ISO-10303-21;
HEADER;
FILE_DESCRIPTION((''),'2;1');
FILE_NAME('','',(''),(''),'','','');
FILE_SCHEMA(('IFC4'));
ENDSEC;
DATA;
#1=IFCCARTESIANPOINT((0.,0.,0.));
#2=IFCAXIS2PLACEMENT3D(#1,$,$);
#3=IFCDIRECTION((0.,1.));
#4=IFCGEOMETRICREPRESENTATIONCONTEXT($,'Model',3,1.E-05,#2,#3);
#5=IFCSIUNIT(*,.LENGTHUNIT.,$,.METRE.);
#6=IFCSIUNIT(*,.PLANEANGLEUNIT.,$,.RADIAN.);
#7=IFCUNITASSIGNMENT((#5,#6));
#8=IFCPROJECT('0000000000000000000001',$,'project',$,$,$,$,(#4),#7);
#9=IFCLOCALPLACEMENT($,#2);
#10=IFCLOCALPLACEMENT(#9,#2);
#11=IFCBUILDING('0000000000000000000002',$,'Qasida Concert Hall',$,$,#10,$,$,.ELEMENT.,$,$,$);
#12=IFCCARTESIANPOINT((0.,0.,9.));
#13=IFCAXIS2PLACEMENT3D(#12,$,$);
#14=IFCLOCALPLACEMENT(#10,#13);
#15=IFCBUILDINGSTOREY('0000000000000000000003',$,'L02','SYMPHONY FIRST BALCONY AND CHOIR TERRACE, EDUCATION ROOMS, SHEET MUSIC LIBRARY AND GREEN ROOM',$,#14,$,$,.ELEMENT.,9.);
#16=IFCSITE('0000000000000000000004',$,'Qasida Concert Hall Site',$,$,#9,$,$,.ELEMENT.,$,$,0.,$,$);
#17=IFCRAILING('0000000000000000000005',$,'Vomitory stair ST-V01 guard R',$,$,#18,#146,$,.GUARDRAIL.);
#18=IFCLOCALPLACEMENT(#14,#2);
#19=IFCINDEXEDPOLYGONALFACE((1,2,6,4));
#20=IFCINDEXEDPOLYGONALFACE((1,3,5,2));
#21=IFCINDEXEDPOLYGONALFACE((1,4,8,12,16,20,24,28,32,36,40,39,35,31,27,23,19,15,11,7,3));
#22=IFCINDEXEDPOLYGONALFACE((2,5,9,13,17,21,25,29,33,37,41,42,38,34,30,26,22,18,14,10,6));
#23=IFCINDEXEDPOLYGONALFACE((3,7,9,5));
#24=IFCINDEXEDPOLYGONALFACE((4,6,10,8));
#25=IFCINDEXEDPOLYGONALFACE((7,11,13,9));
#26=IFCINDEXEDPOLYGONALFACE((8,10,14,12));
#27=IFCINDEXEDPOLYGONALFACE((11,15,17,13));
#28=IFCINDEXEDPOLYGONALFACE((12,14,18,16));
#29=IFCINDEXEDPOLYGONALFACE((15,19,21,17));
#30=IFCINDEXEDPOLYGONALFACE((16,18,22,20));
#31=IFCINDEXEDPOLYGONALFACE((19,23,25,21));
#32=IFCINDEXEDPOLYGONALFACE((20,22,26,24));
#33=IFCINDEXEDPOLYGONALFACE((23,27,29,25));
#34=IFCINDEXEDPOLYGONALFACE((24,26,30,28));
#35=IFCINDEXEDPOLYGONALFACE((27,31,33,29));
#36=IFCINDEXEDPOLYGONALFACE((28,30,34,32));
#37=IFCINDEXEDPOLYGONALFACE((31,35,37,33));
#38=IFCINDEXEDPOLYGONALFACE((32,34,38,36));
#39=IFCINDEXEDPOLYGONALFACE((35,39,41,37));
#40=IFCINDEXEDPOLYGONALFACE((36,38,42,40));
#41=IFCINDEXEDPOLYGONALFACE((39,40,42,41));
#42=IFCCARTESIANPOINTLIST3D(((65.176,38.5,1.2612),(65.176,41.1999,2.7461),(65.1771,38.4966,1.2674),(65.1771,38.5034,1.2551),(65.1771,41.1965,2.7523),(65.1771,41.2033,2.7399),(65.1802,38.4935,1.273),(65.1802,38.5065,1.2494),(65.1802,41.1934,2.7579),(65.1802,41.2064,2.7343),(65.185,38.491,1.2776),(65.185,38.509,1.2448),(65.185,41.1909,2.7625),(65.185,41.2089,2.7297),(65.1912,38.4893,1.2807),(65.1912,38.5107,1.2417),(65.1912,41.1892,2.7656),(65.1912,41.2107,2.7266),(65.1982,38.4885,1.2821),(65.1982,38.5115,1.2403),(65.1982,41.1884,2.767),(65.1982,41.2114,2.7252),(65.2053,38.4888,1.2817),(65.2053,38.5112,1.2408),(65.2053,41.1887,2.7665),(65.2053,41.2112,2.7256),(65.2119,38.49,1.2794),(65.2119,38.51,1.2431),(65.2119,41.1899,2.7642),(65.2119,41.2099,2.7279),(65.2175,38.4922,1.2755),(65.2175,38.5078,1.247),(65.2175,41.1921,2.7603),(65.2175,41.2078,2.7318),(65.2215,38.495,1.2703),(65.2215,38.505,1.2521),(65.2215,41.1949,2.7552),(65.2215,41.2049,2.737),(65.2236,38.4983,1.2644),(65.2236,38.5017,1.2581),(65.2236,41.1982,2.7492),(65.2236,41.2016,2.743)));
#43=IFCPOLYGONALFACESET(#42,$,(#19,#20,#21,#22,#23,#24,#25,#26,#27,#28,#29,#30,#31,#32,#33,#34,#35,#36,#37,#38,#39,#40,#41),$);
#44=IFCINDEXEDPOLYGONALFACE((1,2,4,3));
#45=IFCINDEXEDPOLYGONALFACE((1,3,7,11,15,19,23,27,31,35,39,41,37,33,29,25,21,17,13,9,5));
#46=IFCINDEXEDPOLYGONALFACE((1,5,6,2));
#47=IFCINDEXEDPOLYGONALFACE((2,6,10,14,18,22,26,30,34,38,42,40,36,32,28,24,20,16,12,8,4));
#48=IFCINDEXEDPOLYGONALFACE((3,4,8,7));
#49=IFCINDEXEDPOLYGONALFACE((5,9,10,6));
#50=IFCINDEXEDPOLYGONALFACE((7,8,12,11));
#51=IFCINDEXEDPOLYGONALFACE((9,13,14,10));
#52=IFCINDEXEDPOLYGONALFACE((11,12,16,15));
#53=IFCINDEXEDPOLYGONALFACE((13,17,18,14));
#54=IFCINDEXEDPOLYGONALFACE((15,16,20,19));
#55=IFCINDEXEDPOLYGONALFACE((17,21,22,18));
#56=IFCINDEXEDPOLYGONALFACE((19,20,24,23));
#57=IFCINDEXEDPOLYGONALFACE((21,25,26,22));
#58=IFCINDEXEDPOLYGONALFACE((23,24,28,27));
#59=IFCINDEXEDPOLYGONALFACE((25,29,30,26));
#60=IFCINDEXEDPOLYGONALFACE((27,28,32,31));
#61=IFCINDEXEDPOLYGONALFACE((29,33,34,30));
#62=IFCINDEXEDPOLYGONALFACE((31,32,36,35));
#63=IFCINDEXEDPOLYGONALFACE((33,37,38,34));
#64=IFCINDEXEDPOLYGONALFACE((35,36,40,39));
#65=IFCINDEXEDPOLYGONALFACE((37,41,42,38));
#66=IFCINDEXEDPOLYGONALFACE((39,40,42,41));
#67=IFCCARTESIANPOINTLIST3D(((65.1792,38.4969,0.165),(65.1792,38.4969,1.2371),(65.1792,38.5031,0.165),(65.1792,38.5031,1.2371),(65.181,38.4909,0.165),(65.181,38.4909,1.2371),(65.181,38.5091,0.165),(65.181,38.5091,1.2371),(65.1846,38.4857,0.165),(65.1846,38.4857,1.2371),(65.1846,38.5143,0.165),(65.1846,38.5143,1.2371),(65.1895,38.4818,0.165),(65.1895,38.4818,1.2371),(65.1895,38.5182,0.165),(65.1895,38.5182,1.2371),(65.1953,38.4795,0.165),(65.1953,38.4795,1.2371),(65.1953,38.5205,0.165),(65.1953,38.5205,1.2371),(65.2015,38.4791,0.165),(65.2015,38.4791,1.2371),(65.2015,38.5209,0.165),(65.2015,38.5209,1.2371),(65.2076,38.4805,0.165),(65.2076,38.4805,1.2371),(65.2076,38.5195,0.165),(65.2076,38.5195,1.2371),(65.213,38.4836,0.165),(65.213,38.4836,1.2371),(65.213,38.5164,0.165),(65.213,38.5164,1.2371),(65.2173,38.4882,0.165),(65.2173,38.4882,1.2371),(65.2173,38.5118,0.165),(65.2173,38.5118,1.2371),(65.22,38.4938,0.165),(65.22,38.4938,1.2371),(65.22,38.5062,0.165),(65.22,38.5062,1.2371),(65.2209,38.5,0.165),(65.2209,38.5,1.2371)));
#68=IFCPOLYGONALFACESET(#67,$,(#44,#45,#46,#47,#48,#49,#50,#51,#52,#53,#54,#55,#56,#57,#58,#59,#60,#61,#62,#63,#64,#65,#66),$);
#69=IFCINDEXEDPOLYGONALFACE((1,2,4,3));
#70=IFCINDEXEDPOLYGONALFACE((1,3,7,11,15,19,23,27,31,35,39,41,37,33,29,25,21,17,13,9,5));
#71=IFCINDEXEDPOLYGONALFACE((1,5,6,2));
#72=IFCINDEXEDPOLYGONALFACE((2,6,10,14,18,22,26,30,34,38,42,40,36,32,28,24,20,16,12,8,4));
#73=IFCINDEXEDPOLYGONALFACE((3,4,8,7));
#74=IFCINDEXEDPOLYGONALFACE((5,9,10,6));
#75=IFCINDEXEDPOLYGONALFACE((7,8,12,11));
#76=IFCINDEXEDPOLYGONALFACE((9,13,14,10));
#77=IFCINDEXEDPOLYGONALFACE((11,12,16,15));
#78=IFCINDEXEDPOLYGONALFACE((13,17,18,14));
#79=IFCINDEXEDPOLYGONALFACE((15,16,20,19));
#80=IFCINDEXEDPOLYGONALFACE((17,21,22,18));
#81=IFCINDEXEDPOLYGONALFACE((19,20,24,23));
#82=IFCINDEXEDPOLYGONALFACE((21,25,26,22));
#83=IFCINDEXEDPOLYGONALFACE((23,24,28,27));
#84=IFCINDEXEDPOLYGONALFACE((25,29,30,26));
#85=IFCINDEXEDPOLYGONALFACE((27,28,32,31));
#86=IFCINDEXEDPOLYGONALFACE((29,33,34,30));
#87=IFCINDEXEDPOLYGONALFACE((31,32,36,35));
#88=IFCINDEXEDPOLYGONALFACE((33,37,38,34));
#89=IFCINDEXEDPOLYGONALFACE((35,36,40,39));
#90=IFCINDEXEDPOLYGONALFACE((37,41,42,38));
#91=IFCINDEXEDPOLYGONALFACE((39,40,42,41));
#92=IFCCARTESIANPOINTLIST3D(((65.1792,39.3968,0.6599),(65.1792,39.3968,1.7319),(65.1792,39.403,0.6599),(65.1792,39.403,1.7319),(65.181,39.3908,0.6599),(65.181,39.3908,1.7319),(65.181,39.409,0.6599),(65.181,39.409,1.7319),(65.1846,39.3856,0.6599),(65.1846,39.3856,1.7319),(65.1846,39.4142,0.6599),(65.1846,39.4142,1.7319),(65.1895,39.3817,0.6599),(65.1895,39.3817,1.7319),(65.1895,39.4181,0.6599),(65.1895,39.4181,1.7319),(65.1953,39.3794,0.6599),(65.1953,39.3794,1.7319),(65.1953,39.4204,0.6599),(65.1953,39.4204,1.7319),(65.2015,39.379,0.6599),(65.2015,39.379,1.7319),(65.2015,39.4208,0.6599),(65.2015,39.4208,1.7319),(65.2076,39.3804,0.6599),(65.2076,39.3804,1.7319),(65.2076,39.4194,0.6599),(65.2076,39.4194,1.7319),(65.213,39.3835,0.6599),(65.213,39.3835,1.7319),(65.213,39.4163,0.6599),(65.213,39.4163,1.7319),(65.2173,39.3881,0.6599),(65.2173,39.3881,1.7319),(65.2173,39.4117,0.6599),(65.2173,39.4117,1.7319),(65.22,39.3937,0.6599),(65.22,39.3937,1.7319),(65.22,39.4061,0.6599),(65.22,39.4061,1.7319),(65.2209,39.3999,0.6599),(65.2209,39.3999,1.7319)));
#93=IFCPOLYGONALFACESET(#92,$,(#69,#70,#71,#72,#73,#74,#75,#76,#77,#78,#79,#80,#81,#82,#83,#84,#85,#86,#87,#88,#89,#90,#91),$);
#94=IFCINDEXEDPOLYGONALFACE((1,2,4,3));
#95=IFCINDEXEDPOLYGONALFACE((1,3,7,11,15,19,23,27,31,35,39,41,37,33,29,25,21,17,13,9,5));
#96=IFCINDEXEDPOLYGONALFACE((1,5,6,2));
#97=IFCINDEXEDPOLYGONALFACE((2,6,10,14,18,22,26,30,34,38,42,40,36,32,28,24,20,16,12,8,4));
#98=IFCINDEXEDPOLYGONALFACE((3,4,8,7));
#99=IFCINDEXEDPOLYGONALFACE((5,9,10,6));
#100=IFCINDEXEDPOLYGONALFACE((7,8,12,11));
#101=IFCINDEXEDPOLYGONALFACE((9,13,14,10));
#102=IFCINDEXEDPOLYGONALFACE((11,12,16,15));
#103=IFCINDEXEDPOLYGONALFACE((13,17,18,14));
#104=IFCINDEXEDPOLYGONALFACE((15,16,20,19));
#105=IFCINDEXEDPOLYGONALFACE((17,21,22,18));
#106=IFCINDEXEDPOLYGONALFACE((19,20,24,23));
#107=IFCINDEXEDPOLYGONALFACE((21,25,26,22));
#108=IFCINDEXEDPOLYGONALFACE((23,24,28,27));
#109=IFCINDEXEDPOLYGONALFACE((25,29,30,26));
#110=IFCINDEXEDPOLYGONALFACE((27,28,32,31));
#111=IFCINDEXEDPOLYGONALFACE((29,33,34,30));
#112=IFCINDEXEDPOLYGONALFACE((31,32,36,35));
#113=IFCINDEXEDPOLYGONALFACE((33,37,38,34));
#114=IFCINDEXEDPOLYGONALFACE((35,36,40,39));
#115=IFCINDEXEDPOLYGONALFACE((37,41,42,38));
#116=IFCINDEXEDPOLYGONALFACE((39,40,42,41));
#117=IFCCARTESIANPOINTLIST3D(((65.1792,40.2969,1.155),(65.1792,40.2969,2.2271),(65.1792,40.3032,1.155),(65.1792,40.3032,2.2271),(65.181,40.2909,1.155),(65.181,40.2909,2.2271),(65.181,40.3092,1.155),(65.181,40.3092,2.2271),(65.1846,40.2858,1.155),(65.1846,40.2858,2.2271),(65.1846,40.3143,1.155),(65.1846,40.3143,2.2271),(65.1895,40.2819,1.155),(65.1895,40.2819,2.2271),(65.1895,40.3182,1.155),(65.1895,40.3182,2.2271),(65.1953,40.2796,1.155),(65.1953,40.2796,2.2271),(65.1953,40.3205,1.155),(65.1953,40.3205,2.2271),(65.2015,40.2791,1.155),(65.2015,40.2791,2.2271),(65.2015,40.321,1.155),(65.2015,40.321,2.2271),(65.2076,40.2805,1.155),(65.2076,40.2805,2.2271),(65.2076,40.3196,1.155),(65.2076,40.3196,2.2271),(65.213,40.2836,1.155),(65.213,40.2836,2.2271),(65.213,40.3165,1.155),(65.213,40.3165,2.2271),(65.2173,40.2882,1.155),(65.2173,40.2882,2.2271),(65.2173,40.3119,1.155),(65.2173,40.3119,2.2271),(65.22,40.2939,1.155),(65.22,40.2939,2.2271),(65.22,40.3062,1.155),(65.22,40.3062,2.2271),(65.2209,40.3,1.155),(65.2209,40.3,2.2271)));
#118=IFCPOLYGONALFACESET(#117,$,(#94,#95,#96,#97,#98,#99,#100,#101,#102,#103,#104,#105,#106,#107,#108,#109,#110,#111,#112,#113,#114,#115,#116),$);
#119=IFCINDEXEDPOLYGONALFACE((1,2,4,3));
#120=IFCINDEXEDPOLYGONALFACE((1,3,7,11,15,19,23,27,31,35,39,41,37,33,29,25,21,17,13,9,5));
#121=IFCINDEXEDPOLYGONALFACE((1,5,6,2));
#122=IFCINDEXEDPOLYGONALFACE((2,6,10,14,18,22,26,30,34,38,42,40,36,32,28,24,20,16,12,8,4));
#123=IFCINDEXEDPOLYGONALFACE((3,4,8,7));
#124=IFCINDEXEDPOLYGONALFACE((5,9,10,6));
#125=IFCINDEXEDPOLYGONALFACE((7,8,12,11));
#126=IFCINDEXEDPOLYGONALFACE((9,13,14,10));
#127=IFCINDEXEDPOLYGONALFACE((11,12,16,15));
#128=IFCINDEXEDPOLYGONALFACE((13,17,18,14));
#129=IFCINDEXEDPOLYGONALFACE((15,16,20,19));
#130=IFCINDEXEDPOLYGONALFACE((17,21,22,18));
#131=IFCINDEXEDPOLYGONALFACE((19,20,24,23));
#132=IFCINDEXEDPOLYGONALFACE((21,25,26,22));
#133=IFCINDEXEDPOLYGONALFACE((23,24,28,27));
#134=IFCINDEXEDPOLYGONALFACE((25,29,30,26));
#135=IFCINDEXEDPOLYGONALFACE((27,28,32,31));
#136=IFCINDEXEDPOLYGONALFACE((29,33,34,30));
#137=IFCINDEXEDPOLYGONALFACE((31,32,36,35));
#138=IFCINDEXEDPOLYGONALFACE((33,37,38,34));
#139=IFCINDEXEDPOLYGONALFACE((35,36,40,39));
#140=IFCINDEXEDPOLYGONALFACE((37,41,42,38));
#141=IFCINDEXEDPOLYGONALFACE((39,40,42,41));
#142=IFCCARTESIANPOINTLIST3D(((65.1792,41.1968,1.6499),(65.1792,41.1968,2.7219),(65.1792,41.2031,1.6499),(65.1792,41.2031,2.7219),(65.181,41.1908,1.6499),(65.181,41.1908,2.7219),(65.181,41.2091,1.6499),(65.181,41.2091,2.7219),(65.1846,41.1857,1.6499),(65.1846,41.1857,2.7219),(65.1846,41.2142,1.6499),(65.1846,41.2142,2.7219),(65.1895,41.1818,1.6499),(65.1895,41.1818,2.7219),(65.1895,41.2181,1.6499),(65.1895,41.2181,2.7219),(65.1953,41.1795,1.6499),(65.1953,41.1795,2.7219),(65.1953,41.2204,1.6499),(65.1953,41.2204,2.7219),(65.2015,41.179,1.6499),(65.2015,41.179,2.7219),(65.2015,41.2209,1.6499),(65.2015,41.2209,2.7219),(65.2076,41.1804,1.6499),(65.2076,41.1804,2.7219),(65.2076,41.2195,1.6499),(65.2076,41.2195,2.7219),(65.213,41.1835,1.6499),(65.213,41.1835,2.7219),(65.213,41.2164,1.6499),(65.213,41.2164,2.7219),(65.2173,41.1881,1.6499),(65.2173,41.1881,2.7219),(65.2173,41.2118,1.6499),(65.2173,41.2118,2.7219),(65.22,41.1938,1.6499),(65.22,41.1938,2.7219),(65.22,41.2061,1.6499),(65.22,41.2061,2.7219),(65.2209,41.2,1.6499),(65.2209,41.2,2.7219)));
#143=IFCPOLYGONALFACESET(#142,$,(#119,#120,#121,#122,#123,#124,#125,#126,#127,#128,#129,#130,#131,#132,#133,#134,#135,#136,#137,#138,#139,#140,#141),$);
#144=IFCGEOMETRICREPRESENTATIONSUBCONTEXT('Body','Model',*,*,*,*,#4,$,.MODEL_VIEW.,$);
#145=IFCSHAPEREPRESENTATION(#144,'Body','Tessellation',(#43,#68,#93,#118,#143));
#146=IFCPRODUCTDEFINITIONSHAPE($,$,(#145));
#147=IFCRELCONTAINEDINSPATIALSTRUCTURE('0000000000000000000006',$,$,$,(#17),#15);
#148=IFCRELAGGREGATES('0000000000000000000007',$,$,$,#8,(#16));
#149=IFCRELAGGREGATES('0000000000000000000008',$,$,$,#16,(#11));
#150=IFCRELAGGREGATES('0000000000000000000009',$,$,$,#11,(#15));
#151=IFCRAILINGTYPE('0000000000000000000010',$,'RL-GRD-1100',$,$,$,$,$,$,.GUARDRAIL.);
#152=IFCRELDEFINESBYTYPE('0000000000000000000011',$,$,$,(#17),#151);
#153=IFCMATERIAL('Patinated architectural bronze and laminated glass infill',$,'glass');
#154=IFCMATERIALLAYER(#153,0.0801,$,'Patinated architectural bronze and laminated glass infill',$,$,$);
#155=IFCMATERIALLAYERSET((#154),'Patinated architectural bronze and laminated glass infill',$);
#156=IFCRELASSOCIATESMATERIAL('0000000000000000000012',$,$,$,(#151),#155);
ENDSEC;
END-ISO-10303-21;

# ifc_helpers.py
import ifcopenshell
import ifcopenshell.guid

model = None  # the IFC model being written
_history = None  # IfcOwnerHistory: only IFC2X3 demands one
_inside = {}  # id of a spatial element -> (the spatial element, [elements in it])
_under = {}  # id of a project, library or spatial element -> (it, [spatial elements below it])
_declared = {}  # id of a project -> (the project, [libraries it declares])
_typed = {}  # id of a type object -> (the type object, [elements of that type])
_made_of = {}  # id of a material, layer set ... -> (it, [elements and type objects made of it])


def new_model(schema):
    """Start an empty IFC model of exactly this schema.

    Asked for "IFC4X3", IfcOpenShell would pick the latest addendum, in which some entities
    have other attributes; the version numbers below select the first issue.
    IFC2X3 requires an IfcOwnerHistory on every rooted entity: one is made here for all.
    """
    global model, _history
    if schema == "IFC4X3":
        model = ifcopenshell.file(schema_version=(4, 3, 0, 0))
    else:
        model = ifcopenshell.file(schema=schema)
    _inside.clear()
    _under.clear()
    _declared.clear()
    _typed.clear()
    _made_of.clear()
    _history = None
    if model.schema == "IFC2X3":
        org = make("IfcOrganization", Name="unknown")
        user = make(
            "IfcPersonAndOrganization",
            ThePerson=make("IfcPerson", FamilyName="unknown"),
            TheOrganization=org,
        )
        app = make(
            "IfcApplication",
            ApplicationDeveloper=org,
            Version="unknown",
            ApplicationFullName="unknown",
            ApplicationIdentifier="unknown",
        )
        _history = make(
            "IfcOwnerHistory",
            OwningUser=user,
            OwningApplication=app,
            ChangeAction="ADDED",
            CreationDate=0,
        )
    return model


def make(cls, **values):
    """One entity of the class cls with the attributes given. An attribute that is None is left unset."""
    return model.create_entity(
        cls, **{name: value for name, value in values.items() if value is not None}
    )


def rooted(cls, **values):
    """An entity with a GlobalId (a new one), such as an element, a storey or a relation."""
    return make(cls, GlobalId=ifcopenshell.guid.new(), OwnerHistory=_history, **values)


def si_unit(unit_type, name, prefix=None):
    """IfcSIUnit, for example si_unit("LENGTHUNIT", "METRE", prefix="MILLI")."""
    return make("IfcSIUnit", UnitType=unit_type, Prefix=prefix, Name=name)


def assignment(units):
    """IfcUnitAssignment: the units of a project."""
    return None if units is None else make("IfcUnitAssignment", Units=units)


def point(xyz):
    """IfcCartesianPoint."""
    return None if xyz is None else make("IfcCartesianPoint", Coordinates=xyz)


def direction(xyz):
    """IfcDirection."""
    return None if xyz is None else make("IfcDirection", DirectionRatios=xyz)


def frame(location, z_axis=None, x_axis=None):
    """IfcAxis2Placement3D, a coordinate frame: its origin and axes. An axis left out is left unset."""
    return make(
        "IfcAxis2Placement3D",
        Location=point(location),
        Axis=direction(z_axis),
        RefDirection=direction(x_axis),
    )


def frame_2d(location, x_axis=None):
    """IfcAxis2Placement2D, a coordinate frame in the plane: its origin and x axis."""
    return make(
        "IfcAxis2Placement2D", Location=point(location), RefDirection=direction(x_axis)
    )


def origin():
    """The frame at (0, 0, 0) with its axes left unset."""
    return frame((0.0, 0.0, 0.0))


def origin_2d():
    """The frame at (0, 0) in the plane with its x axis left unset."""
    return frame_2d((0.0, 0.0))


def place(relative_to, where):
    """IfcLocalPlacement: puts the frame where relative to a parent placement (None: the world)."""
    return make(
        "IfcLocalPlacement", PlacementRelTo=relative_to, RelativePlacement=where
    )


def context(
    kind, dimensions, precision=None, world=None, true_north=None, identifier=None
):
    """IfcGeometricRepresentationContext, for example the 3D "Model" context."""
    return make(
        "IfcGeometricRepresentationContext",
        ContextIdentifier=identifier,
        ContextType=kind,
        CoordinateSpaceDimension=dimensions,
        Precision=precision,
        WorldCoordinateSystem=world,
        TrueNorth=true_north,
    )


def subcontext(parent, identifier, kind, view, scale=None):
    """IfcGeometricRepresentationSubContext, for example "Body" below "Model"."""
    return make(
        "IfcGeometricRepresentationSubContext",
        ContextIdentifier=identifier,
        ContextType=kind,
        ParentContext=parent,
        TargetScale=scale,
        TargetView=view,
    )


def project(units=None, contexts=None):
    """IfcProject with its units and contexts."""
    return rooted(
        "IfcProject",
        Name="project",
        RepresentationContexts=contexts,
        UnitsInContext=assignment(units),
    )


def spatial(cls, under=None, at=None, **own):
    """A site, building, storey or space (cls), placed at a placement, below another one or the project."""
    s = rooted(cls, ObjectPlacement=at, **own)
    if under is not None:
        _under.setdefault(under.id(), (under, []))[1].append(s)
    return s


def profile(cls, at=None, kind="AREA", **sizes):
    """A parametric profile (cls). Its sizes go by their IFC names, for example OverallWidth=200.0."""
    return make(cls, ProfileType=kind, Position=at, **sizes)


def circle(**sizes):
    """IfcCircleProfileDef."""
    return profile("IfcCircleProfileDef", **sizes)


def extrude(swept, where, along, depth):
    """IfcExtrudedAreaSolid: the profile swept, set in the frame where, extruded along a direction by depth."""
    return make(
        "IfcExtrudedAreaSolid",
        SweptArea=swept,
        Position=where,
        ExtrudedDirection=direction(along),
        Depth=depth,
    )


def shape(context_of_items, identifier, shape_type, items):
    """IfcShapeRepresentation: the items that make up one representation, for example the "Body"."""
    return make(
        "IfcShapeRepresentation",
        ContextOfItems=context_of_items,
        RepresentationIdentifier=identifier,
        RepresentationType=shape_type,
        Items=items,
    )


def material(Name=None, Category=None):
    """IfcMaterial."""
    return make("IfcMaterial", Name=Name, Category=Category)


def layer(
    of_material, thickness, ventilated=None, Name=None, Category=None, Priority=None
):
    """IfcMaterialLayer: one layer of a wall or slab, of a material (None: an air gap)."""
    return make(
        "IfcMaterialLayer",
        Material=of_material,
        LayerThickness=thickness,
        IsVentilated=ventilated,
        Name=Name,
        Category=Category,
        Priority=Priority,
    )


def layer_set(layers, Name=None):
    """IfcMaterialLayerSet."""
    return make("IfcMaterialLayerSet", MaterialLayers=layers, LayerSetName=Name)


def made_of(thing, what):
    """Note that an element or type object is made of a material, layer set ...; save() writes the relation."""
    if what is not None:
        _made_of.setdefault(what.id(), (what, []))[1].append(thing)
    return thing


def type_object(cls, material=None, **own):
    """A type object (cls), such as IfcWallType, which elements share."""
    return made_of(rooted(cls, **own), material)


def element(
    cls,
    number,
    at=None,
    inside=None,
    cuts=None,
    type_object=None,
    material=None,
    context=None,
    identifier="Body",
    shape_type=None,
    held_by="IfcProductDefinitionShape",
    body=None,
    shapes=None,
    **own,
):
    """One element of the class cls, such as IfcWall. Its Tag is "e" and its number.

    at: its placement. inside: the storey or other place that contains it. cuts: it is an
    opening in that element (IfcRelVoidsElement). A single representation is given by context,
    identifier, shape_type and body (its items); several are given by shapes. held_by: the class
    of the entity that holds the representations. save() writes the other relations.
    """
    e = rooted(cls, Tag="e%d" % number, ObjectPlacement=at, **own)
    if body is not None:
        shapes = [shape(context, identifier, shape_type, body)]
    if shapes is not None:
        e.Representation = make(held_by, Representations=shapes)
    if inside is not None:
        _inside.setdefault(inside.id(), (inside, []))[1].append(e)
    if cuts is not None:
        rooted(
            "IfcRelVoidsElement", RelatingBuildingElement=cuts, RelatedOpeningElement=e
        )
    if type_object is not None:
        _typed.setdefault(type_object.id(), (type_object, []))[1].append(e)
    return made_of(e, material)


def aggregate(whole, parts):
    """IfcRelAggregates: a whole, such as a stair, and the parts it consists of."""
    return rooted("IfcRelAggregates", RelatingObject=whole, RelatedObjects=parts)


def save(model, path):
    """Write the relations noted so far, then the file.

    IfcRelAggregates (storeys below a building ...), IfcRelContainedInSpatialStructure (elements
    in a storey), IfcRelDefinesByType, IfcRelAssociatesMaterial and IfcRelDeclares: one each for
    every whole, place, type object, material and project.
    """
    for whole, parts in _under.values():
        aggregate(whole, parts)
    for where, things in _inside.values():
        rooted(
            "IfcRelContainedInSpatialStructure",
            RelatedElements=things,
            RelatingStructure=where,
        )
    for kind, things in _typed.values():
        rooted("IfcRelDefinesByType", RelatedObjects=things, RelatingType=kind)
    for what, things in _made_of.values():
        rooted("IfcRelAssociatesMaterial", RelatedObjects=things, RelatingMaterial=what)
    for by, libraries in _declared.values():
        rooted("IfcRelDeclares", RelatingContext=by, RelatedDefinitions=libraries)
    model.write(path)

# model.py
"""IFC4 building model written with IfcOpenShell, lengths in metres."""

from ifc_helpers import new_model, si_unit, direction, frame, origin, origin_2d, place, context, subcontext, project, spatial, circle, extrude, material, layer, layer_set, type_object, element, save


model = new_model("IFC4")

# Units and contexts
model_context = context("Model", 3, precision=1e-05, world=origin(), true_north=direction((0.0, 1.0)))
body_context = subcontext(model_context, "Body", "Model", "MODEL_VIEW")
ifc_project = project(units=[si_unit("LENGTHUNIT", "METRE"), si_unit("PLANEANGLEUNIT", "RADIAN")], contexts=[model_context])

# Site, building, storey
site_placement = place(None, origin())
site = spatial("IfcSite", under=ifc_project, at=site_placement, Name="Qasida Concert Hall Site", CompositionType="ELEMENT", RefElevation=0.0)
building_placement = place(site_placement, origin())
building = spatial("IfcBuilding", under=site, at=building_placement, Name="Qasida Concert Hall", CompositionType="ELEMENT")
storey_placement = place(building_placement, frame((0.0, 0.0, 9.0)))
storey = spatial("IfcBuildingStorey", under=building, at=storey_placement, Name="L02", Description="SYMPHONY FIRST BALCONY AND CHOIR TERRACE, EDUCATION ROOMS, SHEET MUSIC LIBRARY AND GREEN ROOM", CompositionType="ELEMENT", Elevation=9.0)

# Railing
ifc_material_1 = material(Name="Patinated architectural bronze and laminated glass infill", Category="glass")
ifc_layer_1 = layer(ifc_material_1, 0.0801, Name="Patinated architectural bronze and laminated glass infill")
ifc_layer_set_1 = layer_set([ifc_layer_1], Name="Patinated architectural bronze and laminated glass infill")
railing_type_1 = type_object("IfcRailingType", Name="RL-GRD-1100", PredefinedType="GUARDRAIL", material=ifc_layer_set_1)
for number, where, name in (
    (1, (65.2, 38.5, 0.165), "Vomitory stair ST-V01 guard R"),
):
    element("IfcRailing", number, at=place(storey_placement, frame(where)), inside=storey, type_object=railing_type_1, Name=name, PredefinedType="GUARDRAIL", context=body_context, shape_type="SweptSolid", body=[
        extrude(circle(Radius=0.0239, at=origin_2d()), frame((0.0, 0.0, 1.0962), z_axis=(0.0, 0.876231, 0.481891), x_axis=(-1.0, 0.0, 0.0)), (0.0, 0.0, 1.0), 3.0813),
        extrude(circle(Radius=0.021, at=origin_2d()), origin(), (0.0, 0.0, 1.0), 1.072),
        extrude(circle(Radius=0.021, at=origin_2d()), frame((0.0, 0.8999, 0.4949)), (0.0, 0.0, 1.0), 1.072),
        extrude(circle(Radius=0.021, at=origin_2d()), frame((0.0, 1.8, 0.99)), (0.0, 0.0, 1.0), 1.072),
        extrude(circle(Radius=0.021, at=origin_2d()), frame((0.0, 2.7, 1.4849)), (0.0, 0.0, 1.0), 1.072),
    ])

save(model, "model.ifc")
